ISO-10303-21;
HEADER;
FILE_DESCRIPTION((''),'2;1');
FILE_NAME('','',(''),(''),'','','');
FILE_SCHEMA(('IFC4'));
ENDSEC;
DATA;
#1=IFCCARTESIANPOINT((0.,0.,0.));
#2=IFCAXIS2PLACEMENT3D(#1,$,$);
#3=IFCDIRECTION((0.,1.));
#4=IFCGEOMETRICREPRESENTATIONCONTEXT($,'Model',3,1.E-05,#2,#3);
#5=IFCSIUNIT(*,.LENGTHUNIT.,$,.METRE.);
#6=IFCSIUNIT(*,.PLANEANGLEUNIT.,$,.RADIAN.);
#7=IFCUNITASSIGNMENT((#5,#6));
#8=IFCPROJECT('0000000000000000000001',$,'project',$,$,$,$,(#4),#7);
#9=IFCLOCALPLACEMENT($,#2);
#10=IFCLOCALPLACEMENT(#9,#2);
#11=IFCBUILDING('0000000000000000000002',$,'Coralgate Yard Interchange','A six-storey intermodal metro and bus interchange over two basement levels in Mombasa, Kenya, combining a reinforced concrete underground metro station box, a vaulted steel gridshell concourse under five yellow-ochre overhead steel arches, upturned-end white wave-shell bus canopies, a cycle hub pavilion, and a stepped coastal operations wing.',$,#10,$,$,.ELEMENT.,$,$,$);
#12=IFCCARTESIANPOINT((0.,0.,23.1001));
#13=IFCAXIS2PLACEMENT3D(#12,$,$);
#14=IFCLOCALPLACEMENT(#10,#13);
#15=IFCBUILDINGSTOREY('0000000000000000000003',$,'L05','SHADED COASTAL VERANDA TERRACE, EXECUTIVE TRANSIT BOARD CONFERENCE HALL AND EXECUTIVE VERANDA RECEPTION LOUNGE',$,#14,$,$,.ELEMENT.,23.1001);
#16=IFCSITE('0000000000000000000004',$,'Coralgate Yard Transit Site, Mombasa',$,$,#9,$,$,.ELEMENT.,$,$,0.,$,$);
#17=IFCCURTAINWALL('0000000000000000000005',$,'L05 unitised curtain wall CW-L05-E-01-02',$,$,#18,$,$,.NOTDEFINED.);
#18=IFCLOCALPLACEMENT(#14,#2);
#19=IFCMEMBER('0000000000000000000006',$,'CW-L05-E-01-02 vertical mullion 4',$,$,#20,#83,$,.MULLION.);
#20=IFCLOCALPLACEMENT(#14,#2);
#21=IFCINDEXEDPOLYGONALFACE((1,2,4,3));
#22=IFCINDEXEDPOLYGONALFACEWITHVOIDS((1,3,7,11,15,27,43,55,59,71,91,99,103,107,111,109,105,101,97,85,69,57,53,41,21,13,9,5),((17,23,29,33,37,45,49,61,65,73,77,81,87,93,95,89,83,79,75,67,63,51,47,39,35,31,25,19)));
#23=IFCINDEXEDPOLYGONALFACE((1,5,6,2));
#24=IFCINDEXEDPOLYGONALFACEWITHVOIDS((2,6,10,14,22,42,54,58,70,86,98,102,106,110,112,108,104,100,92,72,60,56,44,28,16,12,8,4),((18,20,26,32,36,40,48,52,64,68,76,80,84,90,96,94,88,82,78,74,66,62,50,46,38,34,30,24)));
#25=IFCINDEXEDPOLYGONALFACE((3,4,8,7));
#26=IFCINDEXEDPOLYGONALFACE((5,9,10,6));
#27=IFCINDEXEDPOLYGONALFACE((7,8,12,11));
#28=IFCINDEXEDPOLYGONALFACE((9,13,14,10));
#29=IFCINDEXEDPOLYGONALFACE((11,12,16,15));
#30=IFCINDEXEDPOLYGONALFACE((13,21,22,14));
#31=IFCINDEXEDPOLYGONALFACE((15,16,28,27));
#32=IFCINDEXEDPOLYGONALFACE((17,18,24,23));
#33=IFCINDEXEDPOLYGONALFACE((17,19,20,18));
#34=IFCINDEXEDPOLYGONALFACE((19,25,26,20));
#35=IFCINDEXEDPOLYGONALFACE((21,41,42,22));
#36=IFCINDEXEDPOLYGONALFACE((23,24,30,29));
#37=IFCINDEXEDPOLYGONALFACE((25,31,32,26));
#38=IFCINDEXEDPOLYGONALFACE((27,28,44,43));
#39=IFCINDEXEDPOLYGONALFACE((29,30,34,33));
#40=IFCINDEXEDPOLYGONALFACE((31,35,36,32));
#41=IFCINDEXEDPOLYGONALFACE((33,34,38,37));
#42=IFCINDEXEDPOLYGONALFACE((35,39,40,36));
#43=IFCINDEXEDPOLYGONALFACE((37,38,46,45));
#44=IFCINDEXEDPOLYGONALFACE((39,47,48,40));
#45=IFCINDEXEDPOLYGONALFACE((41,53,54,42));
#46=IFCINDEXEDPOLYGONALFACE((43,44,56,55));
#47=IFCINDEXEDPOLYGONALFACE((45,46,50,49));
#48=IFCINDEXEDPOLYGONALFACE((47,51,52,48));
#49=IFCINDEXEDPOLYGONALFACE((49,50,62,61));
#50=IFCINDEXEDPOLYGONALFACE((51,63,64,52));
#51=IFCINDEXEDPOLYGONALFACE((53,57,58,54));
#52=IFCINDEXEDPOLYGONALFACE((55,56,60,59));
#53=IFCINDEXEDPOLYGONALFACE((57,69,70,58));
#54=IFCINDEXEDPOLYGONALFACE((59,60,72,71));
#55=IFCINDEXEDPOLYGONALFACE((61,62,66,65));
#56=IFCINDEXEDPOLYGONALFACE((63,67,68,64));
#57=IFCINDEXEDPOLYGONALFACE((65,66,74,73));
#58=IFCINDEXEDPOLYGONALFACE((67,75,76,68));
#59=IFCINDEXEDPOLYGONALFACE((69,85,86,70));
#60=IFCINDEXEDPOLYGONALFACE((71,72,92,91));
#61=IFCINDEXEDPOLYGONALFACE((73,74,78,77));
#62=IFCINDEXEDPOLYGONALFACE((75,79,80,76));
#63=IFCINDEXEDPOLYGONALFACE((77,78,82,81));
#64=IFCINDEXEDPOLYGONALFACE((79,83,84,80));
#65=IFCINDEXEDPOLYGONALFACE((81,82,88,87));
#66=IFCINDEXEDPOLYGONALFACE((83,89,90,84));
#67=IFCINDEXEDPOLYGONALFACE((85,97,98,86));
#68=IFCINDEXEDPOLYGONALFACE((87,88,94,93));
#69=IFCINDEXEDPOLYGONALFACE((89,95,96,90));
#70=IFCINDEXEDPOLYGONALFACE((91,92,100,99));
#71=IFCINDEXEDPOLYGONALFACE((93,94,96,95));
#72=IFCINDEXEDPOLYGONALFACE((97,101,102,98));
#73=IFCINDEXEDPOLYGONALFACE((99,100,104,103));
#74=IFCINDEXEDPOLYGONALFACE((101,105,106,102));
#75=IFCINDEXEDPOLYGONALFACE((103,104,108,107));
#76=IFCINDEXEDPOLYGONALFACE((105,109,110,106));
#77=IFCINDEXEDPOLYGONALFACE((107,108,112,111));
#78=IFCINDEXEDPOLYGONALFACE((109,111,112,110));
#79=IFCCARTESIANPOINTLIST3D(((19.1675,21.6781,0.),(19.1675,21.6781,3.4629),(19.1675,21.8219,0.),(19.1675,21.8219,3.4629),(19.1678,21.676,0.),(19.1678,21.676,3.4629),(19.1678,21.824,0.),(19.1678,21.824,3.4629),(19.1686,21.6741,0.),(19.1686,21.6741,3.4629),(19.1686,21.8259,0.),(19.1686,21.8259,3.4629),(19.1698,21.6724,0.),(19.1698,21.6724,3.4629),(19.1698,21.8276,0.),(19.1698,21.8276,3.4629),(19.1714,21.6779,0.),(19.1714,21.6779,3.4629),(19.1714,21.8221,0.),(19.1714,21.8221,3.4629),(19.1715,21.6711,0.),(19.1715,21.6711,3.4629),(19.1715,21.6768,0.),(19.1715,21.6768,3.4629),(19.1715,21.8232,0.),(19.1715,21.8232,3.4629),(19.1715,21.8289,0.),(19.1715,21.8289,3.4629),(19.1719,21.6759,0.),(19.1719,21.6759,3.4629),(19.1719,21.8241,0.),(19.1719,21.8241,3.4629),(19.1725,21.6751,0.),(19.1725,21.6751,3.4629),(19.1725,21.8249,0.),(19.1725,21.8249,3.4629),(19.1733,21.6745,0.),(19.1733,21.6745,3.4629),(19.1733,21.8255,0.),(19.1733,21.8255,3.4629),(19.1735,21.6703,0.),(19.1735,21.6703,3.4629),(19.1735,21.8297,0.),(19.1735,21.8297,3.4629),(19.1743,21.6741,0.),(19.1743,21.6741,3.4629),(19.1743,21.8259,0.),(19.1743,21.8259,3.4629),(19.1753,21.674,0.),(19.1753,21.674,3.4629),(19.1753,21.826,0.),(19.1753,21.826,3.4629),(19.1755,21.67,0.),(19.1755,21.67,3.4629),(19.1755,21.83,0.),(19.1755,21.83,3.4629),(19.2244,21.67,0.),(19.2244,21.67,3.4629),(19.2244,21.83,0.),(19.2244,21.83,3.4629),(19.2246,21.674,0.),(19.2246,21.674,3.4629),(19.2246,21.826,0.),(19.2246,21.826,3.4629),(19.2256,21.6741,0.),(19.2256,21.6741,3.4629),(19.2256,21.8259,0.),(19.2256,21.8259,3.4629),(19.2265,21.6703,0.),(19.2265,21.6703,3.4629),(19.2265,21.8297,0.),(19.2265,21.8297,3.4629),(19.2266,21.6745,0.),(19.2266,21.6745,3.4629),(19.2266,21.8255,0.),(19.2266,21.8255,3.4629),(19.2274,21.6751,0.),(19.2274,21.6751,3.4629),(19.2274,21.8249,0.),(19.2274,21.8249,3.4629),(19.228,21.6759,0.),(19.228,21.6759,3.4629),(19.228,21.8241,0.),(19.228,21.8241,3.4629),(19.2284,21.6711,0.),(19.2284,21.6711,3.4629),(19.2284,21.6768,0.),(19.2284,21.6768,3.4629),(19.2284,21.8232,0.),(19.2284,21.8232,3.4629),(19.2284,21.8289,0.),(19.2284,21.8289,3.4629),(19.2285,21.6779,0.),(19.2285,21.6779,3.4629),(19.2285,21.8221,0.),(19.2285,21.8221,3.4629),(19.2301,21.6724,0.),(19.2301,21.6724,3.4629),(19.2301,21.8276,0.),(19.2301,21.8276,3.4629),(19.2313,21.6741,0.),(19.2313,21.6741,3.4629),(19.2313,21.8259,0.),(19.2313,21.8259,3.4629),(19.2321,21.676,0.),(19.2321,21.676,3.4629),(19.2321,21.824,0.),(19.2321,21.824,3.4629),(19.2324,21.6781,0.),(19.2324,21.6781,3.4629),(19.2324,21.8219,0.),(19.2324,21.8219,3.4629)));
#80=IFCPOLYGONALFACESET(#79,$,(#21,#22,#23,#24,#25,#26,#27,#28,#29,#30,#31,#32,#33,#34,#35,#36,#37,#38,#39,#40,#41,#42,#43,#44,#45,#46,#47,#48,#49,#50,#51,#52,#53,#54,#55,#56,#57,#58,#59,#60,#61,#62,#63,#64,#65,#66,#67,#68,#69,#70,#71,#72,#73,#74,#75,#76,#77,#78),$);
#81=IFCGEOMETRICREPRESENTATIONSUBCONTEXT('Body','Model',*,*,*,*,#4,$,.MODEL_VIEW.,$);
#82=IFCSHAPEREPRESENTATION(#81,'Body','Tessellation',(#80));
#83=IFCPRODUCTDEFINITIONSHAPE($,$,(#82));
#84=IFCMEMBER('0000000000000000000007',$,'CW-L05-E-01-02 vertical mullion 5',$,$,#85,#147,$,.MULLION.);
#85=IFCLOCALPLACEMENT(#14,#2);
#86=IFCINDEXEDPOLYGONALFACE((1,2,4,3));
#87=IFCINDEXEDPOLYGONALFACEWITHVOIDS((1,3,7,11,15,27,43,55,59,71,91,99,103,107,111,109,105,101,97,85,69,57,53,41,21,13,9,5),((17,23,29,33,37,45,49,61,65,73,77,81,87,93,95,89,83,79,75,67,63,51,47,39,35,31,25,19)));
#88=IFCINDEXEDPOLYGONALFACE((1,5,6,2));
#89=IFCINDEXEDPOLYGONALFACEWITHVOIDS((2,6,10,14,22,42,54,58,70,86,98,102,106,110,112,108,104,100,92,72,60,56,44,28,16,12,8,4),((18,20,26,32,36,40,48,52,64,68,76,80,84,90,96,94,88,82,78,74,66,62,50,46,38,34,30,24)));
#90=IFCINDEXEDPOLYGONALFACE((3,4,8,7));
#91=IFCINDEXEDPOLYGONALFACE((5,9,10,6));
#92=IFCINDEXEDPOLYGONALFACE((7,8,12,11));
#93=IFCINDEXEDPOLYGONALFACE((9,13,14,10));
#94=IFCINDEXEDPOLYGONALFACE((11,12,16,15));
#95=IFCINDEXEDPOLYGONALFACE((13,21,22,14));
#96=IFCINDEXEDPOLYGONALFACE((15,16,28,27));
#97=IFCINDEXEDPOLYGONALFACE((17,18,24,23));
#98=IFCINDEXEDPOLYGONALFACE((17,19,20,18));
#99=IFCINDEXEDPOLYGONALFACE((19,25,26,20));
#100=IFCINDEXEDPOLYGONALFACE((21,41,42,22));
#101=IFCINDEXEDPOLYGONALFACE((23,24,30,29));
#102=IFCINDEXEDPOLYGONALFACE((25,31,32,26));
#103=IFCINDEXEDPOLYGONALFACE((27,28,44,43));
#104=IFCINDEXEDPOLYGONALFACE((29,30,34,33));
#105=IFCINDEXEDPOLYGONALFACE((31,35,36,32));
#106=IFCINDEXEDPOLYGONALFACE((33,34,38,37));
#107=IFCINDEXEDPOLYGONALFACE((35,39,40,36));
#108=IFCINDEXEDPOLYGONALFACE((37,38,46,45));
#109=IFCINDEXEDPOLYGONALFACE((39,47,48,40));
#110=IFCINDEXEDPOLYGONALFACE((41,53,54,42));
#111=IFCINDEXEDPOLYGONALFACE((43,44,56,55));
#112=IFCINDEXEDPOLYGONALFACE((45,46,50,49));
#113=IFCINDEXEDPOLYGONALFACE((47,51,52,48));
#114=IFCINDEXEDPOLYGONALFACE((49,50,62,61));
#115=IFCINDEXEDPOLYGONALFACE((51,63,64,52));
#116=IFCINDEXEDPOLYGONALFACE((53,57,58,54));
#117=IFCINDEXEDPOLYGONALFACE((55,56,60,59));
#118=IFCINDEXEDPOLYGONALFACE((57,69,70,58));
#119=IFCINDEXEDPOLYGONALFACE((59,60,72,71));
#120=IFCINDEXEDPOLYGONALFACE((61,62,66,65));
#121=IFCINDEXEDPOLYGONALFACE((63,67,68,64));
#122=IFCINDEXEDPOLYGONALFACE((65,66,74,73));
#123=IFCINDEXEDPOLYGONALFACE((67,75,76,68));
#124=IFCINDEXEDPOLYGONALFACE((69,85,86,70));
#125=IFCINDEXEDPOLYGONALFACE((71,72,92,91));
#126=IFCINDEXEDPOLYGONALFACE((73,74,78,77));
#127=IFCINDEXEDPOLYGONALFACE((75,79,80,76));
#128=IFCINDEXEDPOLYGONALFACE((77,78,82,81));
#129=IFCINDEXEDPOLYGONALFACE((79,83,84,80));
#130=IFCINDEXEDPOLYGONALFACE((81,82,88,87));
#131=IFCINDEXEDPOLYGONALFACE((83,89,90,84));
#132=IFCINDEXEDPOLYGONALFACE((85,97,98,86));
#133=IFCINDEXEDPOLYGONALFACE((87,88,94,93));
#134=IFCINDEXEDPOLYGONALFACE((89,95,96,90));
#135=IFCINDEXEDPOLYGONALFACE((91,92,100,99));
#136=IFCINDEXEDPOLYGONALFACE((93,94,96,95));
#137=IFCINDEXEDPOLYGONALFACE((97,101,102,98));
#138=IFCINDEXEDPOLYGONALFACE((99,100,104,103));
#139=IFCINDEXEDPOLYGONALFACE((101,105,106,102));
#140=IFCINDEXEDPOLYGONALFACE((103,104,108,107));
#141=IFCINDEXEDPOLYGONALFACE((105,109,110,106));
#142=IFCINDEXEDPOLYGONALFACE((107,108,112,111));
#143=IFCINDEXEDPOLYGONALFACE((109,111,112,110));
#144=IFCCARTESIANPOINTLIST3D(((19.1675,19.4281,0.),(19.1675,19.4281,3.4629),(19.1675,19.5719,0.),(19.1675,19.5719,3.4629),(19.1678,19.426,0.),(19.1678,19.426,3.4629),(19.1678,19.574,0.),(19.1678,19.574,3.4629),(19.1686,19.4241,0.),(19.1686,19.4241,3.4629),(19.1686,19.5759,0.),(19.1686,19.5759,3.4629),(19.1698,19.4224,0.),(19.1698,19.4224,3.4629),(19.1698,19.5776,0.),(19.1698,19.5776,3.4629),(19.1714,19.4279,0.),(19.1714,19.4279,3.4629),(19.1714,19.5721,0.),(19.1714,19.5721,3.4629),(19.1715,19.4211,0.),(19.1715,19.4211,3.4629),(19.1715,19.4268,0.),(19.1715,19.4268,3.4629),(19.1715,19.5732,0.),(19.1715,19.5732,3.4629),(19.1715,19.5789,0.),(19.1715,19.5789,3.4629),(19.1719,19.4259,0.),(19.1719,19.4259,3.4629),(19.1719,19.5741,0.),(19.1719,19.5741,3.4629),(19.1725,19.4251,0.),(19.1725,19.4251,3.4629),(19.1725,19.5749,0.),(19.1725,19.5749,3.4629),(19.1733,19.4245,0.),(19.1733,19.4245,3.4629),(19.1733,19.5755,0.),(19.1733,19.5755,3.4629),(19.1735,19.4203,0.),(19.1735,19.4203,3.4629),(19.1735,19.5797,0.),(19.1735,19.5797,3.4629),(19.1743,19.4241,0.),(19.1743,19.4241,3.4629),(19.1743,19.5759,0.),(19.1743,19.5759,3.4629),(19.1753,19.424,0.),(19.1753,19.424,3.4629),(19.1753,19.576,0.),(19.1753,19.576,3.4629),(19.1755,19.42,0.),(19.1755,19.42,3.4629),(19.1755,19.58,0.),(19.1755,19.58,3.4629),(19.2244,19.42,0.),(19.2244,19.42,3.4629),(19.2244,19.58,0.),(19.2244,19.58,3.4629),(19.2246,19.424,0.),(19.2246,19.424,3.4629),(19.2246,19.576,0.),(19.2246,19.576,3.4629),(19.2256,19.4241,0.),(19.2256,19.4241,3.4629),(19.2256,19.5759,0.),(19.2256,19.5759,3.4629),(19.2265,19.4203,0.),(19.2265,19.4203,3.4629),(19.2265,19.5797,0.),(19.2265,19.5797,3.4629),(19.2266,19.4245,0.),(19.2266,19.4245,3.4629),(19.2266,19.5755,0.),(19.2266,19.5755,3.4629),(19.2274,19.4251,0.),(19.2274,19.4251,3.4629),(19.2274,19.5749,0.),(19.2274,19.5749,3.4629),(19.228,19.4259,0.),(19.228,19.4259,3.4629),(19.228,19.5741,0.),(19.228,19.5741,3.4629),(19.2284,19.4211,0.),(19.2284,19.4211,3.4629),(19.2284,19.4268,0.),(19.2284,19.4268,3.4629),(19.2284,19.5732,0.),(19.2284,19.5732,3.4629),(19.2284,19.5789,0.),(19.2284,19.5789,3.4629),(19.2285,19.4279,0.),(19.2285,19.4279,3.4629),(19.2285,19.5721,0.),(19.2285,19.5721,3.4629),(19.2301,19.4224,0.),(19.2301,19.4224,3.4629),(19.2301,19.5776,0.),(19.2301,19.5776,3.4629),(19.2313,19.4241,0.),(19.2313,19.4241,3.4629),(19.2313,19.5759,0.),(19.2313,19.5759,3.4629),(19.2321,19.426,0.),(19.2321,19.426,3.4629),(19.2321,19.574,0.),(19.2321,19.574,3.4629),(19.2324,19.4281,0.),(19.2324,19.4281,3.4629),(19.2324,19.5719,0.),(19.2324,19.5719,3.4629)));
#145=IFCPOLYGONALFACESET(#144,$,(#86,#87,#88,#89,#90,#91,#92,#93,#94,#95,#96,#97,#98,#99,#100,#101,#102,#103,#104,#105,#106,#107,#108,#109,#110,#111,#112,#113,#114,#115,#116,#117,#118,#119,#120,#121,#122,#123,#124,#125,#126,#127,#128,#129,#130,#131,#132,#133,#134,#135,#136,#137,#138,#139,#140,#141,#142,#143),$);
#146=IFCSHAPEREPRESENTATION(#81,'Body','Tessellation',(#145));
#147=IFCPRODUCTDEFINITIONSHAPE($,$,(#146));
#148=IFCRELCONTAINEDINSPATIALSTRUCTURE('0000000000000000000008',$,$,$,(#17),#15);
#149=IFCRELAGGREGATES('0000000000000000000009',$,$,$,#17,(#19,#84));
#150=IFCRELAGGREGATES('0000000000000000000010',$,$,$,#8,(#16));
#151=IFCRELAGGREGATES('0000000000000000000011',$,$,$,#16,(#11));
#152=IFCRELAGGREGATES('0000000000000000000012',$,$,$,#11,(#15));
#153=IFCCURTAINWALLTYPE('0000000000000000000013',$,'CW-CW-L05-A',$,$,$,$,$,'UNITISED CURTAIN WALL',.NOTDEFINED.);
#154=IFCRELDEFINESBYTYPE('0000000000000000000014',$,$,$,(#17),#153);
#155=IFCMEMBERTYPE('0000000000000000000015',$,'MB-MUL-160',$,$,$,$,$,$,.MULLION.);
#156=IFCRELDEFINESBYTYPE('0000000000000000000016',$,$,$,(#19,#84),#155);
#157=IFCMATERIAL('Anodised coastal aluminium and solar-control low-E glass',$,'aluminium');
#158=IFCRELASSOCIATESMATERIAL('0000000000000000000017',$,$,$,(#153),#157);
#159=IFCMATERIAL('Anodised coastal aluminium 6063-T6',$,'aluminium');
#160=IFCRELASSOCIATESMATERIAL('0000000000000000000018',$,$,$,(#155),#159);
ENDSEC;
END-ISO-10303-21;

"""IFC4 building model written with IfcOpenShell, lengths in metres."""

from ifc_helpers import new_model, si_unit, direction, frame, origin, origin_2d, place, context, subcontext, project, spatial, hollow_rectangle, extrude, material, material_profile, profile_set, type_object, element, aggregate, save


model = new_model("IFC4")

# Units and contexts
model_context = context("Model", 3, precision=1e-05, world=origin(), true_north=direction((0.0, 1.0)))
body_context = subcontext(model_context, "Body", "Model", "MODEL_VIEW")
ifc_project = project(units=[si_unit("LENGTHUNIT", "METRE"), si_unit("PLANEANGLEUNIT", "RADIAN")], contexts=[model_context])

# Site, building, storey
site_placement = place(None, origin())
site = spatial("IfcSite", under=ifc_project, at=site_placement, Name="Coralgate Yard Transit Site, Mombasa", CompositionType="ELEMENT", RefElevation=0.0)
building_placement = place(site_placement, origin())
building = spatial("IfcBuilding", under=site, at=building_placement, Name="Coralgate Yard Interchange", Description="A six-storey intermodal metro and bus interchange over two basement levels in Mombasa, Kenya, combining a reinforced concrete underground metro station box, a vaulted steel gridshell concourse under five yellow-ochre overhead steel arches, upturned-end white wave-shell bus canopies, a cycle hub pavilion, and a stepped coastal operations wing.", CompositionType="ELEMENT")
storey_placement = place(building_placement, frame((0.0, 0.0, 23.1001)))
storey = spatial("IfcBuildingStorey", under=building, at=storey_placement, Name="L05", Description="SHADED COASTAL VERANDA TERRACE, EXECUTIVE TRANSIT BOARD CONFERENCE HALL AND EXECUTIVE VERANDA RECEPTION LOUNGE", CompositionType="ELEMENT", Elevation=23.1001)

# Curtain wall, members
ifc_material_1 = material(Name="Anodised coastal aluminium and solar-control low-E glass", Category="aluminium")
curtain_wall_type = type_object("IfcCurtainWallType", Name="CW-CW-L05-A", ElementType="UNITISED CURTAIN WALL", PredefinedType="NOTDEFINED", material=ifc_material_1)
curtain_wall_placement = place(storey_placement, origin())
curtain_wall = element("IfcCurtainWall", 1, at=curtain_wall_placement, inside=storey, type_object=curtain_wall_type, Name="L05 unitised curtain wall CW-L05-E-01-02", PredefinedType="NOTDEFINED")
ifc_material_2 = material(Name="Anodised coastal aluminium 6063-T6", Category="aluminium")
ifc_material_profile_1 = material_profile(ifc_material_2, hollow_rectangle(XDim=0.0649, YDim=0.1599, WallThickness=0.0039, InnerFilletRadius=0.0039, OuterFilletRadius=0.0081, at=origin_2d()), Name="ALU 65x160x4")
ifc_profile_set_1 = profile_set([ifc_material_profile_1], Name="Anodised coastal aluminium 6063-T6")
member_type_1 = type_object("IfcMemberType", Name="MB-MUL-160", PredefinedType="MULLION", material=ifc_profile_set_1)
member_1_placement = place(storey_placement, frame((19.2, 21.75, 0.0), z_axis=(0.0, 0.0, 1.0), x_axis=(1.0, 0.0, 0.0)))
member_1 = element("IfcMember", 2, at=member_1_placement, type_object=member_type_1, Name="CW-L05-E-01-02 vertical mullion 4", PredefinedType="MULLION", context=body_context, shape_type="SweptSolid", body=[
    extrude(hollow_rectangle(XDim=0.0649, YDim=0.1599, WallThickness=0.0039, InnerFilletRadius=0.0039, OuterFilletRadius=0.0081, at=origin_2d()), origin(), (0.0, 0.0, 1.0), 3.4629),
])
member_2_placement = place(storey_placement, frame((19.2, 19.5, 0.0), z_axis=(0.0, 0.0, 1.0), x_axis=(1.0, 0.0, 0.0)))
member_2 = element("IfcMember", 3, at=member_2_placement, type_object=member_type_1, Name="CW-L05-E-01-02 vertical mullion 5", PredefinedType="MULLION", context=body_context, shape_type="SweptSolid", body=[
    extrude(hollow_rectangle(XDim=0.0649, YDim=0.1599, WallThickness=0.0039, InnerFilletRadius=0.0039, OuterFilletRadius=0.0081, at=origin_2d()), origin(), (0.0, 0.0, 1.0), 3.4629),
])
aggregate(curtain_wall, [member_1, member_2])

save(model, "model.ifc")
